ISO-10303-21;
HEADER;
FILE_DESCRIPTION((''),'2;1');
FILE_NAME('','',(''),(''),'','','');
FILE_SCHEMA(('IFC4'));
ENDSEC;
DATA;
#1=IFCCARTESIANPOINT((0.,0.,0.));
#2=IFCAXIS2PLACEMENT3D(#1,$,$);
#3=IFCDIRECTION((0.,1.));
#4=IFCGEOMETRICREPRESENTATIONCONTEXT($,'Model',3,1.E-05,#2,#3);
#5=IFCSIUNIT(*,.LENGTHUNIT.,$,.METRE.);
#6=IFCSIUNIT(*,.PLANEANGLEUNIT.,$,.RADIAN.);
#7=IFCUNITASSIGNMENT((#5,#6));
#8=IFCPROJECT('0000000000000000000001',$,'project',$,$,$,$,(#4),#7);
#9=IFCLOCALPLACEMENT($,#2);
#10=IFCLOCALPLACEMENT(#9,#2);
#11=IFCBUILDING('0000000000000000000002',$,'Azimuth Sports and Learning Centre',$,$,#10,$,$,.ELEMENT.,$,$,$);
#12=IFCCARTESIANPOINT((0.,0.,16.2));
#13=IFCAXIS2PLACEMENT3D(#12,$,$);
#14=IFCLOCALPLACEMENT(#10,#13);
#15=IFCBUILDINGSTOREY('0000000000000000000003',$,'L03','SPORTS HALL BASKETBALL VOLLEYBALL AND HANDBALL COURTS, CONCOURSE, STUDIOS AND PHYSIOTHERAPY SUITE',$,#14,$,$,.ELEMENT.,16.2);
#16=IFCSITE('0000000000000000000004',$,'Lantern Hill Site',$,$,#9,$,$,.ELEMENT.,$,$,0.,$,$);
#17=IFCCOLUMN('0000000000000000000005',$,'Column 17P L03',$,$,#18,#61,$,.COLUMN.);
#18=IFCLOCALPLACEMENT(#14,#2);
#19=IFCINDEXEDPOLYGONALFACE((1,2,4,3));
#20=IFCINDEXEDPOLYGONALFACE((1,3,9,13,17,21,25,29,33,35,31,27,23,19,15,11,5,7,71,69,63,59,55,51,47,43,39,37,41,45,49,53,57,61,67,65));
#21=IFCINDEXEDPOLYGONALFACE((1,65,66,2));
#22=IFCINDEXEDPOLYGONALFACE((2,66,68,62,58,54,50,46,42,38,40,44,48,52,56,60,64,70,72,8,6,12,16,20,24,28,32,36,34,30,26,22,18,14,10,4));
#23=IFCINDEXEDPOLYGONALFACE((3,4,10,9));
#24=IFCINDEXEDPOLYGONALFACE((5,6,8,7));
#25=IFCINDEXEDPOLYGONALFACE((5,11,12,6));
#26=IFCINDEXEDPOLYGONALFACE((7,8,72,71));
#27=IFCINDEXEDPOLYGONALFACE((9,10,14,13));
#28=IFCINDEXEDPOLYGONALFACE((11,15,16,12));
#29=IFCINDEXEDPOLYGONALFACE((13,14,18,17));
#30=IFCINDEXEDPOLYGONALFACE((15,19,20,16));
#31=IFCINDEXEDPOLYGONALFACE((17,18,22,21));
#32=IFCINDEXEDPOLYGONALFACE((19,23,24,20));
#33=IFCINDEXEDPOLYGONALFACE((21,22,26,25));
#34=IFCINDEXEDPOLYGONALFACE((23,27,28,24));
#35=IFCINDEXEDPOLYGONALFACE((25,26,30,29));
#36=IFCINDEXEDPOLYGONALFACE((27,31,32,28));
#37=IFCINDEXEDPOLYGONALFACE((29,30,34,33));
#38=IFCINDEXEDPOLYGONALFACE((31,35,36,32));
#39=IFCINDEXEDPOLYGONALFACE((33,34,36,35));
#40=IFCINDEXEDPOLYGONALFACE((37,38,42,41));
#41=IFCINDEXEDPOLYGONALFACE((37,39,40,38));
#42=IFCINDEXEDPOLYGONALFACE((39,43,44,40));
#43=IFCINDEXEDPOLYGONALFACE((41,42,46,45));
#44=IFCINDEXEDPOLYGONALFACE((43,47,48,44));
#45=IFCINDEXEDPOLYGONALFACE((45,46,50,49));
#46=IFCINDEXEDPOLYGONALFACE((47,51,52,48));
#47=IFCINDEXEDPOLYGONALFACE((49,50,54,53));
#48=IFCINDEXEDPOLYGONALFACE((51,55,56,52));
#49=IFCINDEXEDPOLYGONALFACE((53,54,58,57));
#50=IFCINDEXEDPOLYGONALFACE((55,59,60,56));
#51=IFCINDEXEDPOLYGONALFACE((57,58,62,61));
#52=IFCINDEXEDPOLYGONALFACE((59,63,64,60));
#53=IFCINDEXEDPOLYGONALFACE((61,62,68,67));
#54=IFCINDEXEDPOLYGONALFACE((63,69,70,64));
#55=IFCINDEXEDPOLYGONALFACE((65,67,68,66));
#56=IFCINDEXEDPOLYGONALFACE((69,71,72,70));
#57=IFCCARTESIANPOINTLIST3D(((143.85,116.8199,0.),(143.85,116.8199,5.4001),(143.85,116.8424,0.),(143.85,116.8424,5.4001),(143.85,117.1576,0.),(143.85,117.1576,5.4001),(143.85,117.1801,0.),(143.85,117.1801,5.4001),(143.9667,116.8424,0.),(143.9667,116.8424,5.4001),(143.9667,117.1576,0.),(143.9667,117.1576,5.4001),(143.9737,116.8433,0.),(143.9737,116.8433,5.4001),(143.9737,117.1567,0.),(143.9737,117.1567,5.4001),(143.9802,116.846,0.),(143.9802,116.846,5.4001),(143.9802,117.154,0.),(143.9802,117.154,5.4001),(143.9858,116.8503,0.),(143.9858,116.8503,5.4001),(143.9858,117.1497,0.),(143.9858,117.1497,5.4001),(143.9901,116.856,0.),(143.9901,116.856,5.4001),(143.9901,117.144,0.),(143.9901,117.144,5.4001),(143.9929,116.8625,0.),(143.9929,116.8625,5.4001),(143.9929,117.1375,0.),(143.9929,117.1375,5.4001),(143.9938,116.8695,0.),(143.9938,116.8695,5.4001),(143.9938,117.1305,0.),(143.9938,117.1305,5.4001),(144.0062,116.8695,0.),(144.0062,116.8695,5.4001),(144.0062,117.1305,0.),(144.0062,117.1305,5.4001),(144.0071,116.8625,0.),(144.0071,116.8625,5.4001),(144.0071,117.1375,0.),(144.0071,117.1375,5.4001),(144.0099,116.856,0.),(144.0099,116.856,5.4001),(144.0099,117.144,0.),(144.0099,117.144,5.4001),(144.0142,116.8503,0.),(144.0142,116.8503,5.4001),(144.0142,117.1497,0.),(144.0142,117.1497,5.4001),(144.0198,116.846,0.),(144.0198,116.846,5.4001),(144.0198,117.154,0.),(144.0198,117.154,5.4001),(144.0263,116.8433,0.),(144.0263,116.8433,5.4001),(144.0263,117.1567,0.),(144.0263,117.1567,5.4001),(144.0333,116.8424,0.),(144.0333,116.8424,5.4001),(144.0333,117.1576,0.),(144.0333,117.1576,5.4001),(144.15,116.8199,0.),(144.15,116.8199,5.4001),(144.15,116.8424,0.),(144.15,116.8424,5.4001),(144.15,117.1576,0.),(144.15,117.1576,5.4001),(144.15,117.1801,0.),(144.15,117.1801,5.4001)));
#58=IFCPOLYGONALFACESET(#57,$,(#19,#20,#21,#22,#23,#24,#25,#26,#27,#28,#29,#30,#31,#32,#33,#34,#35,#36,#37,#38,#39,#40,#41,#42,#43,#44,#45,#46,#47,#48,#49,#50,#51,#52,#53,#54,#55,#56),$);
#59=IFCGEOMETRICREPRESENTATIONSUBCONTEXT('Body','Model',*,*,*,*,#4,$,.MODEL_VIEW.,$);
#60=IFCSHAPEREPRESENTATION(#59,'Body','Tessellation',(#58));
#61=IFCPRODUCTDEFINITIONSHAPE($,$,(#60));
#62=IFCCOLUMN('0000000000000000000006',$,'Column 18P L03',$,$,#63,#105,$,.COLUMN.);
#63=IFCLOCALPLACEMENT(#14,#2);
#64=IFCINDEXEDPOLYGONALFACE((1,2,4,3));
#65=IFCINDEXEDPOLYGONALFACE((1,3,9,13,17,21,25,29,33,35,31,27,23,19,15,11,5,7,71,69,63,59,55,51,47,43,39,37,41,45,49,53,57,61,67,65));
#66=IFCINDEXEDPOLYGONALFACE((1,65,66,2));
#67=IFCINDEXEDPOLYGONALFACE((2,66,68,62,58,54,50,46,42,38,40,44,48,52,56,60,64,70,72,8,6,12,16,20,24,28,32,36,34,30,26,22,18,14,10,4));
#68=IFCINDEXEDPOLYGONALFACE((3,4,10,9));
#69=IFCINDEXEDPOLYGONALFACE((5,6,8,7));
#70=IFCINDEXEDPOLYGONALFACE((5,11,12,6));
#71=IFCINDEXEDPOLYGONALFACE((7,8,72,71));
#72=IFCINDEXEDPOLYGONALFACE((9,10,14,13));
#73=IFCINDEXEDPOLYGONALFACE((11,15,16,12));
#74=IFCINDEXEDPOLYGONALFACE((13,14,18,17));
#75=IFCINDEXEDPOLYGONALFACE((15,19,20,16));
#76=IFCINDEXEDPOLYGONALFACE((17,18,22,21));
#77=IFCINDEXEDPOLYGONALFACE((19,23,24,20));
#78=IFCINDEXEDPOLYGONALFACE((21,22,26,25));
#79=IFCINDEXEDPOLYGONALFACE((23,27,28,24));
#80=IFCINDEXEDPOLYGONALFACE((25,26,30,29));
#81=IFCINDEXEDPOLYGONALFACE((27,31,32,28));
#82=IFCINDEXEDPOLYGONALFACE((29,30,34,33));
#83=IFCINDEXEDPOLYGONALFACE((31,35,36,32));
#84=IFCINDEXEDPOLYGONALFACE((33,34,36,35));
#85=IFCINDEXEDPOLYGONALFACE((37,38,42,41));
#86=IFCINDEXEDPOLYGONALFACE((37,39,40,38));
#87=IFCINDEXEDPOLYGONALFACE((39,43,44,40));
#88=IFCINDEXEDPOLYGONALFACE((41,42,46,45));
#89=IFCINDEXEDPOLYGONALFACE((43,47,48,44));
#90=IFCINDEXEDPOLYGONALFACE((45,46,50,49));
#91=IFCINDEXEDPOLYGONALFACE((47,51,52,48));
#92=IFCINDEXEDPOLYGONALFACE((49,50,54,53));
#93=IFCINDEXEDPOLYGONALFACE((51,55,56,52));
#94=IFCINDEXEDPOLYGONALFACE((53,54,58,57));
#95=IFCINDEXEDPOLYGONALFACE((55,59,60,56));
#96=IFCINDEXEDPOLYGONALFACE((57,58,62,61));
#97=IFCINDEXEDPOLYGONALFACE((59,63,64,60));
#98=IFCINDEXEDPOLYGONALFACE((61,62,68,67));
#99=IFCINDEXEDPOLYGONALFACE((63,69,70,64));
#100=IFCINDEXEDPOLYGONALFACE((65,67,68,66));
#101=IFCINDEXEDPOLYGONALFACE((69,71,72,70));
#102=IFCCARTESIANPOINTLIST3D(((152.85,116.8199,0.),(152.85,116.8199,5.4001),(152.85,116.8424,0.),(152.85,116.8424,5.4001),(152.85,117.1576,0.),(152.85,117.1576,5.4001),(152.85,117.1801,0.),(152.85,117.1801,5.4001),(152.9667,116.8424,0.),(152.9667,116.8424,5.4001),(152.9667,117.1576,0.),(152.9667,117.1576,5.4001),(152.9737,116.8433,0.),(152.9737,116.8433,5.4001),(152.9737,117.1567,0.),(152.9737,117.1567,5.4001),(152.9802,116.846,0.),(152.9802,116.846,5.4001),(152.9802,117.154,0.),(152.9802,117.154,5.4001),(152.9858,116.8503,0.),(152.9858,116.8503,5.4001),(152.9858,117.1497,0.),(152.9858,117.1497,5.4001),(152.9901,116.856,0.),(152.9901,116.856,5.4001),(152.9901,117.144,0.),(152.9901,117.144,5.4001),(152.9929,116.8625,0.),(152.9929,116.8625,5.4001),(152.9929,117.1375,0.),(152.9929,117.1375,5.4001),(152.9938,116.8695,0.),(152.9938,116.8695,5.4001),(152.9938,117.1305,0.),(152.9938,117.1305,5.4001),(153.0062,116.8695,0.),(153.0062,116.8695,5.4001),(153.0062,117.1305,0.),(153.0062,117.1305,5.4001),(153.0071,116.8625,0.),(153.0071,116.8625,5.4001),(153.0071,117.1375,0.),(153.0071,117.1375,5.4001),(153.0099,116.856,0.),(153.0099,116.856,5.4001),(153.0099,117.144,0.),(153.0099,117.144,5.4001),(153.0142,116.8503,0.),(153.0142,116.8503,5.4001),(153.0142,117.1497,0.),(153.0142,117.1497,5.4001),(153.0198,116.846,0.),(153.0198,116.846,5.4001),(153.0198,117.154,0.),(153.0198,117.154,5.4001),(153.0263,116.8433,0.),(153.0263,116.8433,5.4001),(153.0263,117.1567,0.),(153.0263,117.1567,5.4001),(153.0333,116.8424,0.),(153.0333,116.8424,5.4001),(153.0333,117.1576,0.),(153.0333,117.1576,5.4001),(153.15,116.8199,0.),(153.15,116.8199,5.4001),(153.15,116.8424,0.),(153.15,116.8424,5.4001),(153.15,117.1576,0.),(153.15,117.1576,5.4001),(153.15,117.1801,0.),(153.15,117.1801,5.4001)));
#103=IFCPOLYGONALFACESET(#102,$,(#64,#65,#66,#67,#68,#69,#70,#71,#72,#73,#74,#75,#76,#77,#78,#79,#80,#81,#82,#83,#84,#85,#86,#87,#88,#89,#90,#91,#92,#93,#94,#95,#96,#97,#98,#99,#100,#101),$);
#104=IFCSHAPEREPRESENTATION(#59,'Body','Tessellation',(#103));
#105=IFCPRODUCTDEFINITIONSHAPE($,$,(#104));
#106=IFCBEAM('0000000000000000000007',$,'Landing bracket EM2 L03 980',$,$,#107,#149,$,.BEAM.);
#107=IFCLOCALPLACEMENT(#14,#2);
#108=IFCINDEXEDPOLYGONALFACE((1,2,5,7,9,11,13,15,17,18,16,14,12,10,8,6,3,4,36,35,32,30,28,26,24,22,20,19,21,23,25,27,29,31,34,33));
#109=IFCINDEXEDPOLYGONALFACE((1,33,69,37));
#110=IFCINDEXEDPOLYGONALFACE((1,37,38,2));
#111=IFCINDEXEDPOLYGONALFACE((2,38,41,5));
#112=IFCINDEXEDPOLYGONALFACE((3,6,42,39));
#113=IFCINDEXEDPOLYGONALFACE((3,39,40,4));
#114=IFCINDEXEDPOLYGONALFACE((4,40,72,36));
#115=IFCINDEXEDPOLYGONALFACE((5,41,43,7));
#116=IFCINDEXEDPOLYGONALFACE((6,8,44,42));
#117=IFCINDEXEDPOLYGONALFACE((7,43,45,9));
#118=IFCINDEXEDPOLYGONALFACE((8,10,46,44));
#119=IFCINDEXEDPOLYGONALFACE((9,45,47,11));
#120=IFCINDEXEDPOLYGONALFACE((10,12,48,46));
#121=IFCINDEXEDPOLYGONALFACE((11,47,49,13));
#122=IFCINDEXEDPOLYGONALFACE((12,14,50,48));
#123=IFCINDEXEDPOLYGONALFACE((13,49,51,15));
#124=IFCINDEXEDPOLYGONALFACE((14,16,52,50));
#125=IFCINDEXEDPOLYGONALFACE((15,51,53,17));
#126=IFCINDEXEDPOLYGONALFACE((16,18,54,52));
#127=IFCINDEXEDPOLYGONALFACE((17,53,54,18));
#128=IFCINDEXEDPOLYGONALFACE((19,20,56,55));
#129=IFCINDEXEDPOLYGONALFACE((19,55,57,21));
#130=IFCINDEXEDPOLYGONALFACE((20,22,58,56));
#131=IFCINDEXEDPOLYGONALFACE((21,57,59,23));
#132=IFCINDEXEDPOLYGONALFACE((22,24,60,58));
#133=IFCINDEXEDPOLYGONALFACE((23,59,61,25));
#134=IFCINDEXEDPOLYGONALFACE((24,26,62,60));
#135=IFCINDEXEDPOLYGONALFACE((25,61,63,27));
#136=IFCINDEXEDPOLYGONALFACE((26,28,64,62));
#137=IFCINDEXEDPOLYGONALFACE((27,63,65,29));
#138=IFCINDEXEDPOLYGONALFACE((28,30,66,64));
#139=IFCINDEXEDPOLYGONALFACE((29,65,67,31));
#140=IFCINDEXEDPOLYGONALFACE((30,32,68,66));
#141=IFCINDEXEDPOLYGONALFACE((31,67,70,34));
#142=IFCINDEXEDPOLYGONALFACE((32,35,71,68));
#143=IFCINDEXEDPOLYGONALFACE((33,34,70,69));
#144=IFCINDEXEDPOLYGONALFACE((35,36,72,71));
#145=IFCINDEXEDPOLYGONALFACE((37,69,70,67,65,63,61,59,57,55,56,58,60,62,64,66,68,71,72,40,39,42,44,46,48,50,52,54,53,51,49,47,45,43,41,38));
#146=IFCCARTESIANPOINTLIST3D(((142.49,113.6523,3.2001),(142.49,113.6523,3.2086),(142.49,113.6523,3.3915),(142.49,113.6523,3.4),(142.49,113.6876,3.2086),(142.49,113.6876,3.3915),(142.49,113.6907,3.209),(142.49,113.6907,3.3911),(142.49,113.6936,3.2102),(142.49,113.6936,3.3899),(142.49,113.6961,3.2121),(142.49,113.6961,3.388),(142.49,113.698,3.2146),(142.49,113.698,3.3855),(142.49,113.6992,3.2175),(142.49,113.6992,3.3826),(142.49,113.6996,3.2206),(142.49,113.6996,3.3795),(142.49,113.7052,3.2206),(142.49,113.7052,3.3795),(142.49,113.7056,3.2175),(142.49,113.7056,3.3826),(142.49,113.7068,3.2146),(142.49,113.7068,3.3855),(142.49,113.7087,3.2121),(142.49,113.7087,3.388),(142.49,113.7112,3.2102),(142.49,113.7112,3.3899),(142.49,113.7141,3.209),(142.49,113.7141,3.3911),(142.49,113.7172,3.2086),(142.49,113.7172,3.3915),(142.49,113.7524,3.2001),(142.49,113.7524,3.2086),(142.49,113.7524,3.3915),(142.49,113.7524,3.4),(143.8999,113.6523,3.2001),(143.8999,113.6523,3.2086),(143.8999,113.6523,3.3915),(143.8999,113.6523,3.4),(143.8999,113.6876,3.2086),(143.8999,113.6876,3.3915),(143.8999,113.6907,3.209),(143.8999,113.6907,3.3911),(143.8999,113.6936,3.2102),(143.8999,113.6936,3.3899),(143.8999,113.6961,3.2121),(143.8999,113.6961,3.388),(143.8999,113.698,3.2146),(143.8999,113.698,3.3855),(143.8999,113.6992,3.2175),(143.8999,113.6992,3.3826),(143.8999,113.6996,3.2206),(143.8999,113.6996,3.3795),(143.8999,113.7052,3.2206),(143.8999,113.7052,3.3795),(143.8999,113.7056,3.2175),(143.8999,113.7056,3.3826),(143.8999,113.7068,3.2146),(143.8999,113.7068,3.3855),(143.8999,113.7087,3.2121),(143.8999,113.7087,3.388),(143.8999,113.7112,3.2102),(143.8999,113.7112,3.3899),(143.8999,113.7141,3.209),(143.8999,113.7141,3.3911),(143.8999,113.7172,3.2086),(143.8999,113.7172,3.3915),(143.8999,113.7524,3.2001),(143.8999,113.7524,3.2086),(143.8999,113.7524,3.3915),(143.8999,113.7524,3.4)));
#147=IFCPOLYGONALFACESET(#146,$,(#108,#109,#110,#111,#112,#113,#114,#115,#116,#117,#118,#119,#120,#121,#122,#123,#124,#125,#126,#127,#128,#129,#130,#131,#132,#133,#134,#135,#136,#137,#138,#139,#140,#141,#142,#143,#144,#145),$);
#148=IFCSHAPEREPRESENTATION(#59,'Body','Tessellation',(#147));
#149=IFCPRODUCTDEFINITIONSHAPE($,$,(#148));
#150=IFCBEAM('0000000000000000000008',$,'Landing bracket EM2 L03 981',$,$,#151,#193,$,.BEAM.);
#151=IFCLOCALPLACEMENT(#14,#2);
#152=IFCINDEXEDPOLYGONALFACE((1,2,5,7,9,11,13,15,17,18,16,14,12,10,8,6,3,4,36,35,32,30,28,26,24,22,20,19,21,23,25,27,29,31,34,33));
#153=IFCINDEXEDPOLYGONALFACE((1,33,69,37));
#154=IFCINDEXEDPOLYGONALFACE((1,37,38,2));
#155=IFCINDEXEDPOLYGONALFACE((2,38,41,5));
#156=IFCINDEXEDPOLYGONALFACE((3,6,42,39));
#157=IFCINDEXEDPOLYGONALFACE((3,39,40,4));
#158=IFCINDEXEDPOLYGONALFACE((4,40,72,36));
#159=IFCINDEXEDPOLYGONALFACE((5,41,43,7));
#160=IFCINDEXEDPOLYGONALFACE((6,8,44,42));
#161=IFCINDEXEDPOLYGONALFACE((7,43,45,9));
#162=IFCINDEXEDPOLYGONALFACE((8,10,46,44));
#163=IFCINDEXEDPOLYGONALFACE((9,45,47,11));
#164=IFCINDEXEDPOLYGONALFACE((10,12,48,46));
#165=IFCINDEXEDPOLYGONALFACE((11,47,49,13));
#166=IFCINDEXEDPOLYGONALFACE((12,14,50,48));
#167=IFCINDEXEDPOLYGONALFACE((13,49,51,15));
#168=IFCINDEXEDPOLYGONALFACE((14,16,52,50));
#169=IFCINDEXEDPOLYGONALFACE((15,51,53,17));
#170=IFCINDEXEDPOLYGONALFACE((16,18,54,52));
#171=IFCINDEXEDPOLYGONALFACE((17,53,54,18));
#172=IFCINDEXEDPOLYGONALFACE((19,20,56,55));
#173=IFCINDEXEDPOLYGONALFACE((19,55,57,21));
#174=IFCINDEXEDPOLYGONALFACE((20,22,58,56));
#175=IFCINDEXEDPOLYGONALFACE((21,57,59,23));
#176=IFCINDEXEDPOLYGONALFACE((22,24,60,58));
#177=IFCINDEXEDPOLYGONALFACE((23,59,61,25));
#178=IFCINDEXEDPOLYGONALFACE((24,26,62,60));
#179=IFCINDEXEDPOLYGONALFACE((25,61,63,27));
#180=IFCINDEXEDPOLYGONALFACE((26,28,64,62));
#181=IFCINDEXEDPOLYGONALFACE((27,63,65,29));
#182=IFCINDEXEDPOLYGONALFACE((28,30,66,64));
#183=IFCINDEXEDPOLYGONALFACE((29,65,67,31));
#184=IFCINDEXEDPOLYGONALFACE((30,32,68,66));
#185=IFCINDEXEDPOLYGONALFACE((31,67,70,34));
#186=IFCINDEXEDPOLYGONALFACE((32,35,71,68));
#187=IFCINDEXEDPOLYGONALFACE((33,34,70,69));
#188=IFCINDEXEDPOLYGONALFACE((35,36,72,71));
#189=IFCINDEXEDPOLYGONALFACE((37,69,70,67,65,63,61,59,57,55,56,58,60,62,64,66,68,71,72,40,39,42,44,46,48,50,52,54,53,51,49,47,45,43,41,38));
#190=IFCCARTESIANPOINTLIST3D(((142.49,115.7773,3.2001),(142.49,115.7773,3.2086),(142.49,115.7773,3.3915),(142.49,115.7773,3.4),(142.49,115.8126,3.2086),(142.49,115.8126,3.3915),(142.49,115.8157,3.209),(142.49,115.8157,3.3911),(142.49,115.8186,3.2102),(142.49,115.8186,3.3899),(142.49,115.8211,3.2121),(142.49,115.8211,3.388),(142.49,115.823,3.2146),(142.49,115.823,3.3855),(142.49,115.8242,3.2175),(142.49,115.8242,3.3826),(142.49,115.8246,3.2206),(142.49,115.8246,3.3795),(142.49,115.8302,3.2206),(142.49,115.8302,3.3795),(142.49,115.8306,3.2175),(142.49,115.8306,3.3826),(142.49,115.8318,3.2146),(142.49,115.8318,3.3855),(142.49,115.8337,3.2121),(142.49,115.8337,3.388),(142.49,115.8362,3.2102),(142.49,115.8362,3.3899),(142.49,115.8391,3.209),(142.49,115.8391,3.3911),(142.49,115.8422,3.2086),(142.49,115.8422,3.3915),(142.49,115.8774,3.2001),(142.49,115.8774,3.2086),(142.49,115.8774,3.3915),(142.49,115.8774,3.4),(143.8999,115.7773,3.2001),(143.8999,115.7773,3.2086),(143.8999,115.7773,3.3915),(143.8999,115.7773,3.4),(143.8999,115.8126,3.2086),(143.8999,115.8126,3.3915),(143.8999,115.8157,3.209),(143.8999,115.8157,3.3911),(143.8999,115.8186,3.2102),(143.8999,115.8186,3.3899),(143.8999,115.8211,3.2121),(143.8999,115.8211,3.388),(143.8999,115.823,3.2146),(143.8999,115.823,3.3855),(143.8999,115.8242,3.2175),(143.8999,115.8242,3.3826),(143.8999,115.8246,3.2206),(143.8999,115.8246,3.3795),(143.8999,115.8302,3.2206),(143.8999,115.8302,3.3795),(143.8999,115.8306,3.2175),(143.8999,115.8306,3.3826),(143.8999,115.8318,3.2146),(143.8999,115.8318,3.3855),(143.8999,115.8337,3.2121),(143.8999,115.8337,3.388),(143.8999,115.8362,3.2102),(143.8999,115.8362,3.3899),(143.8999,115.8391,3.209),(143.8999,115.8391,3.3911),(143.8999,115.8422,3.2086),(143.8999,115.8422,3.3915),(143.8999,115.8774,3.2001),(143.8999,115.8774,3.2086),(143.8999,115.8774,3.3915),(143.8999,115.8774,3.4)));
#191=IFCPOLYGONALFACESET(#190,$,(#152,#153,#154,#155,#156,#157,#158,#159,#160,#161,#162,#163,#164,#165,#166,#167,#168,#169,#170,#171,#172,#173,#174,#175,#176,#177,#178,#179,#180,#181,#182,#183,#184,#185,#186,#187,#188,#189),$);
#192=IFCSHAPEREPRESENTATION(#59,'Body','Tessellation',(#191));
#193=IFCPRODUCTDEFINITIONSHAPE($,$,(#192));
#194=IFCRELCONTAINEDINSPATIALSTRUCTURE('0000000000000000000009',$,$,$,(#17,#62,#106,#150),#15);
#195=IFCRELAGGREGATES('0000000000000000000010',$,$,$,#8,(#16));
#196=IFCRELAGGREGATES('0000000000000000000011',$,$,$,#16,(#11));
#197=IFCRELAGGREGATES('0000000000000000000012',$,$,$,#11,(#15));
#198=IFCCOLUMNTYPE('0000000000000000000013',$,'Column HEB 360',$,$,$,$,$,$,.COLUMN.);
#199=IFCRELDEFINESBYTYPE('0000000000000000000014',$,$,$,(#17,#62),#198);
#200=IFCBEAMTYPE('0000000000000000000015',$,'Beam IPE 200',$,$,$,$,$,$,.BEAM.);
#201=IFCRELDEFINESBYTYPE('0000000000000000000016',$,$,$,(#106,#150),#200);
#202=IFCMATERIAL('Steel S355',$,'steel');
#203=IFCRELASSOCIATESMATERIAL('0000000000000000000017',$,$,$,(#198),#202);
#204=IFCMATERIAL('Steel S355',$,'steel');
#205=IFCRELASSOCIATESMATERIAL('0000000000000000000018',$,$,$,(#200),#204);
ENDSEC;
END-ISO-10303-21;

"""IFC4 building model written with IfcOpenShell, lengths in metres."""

from ifc_helpers import new_model, si_unit, direction, frame, origin, origin_2d, place, context, subcontext, project, spatial, i_section, extrude, material, material_profile, profile_set, type_object, element, save


model = new_model("IFC4")

# Units and contexts
model_context = context("Model", 3, precision=1e-05, world=origin(), true_north=direction((0.0, 1.0)))
body_context = subcontext(model_context, "Body", "Model", "MODEL_VIEW")
ifc_project = project(units=[si_unit("LENGTHUNIT", "METRE"), si_unit("PLANEANGLEUNIT", "RADIAN")], contexts=[model_context])

# Site, building, storey
site_placement = place(None, origin())
site = spatial("IfcSite", under=ifc_project, at=site_placement, Name="Lantern Hill Site", CompositionType="ELEMENT", RefElevation=0.0)
building_placement = place(site_placement, origin())
building = spatial("IfcBuilding", under=site, at=building_placement, Name="Azimuth Sports and Learning Centre", CompositionType="ELEMENT")
storey_placement = place(building_placement, frame((0.0, 0.0, 16.2)))
storey = spatial("IfcBuildingStorey", under=building, at=storey_placement, Name="L03", Description="SPORTS HALL BASKETBALL VOLLEYBALL AND HANDBALL COURTS, CONCOURSE, STUDIOS AND PHYSIOTHERAPY SUITE", CompositionType="ELEMENT", Elevation=16.2)

# Columns
ifc_material_1 = material(Name="Steel S355", Category="steel")
ifc_material_profile_1 = material_profile(ifc_material_1, i_section(OverallWidth=0.3, OverallDepth=0.3601, WebThickness=0.0125, FlangeThickness=0.0225, FilletRadius=0.0271, at=origin_2d()), Name="HEB 360")
ifc_profile_set_1 = profile_set([ifc_material_profile_1], Name="Steel S355")
column_type = type_object("IfcColumnType", Name="Column HEB 360", PredefinedType="COLUMN", material=ifc_profile_set_1)
for number, where, z_axis, x_axis, name in (
    (1, (144.0, 117.0, 0.0), (0.0, 0.0, 1.0), (1.0, 0.0, 0.0), "Column 17P L03"),
    (2, (153.0, 117.0, 0.0), (0.0, 0.0, 1.0), (1.0, 0.0, 0.0), "Column 18P L03"),
):
    element("IfcColumn", number, at=place(storey_placement, frame(where, z_axis=z_axis, x_axis=x_axis)), inside=storey, type_object=column_type, Name=name, PredefinedType="COLUMN", context=body_context, shape_type="SweptSolid", body=[
        extrude(i_section(OverallWidth=0.3, OverallDepth=0.3601, WebThickness=0.0125, FlangeThickness=0.0225, FilletRadius=0.0271, at=origin_2d()), origin(), (0.0, 0.0, 1.0), 5.4001),
    ])

# Beams
ifc_material_2 = material(Name="Steel S355", Category="steel")
ifc_material_profile_2 = material_profile(ifc_material_2, i_section(OverallWidth=0.1001, OverallDepth=0.2, WebThickness=0.0056, FlangeThickness=0.0085, FilletRadius=0.012, at=origin_2d()), Name="IPE 200")
ifc_profile_set_2 = profile_set([ifc_material_profile_2], Name="Steel S355")
beam_type_1 = type_object("IfcBeamType", Name="Beam IPE 200", PredefinedType="BEAM", material=ifc_profile_set_2)
for number, where, z_axis, x_axis, name in (
    (3, (143.8999, 113.7024, 3.3), (-1.0, 0.0, 0.0), (0.0, -1.0, 0.0), "Landing bracket EM2 L03 980"),
    (4, (143.8999, 115.8274, 3.3), (-1.0, 0.0, 0.0), (0.0, -1.0, 0.0), "Landing bracket EM2 L03 981"),
):
    element("IfcBeam", number, at=place(storey_placement, frame(where, z_axis=z_axis, x_axis=x_axis)), inside=storey, type_object=beam_type_1, Name=name, PredefinedType="BEAM", context=body_context, shape_type="SweptSolid", body=[
        extrude(i_section(OverallWidth=0.1001, OverallDepth=0.2, WebThickness=0.0056, FlangeThickness=0.0085, FilletRadius=0.012, at=origin_2d()), origin(), (0.0, 0.0, 1.0), 1.4099),
    ])

save(model, "model.ifc")
